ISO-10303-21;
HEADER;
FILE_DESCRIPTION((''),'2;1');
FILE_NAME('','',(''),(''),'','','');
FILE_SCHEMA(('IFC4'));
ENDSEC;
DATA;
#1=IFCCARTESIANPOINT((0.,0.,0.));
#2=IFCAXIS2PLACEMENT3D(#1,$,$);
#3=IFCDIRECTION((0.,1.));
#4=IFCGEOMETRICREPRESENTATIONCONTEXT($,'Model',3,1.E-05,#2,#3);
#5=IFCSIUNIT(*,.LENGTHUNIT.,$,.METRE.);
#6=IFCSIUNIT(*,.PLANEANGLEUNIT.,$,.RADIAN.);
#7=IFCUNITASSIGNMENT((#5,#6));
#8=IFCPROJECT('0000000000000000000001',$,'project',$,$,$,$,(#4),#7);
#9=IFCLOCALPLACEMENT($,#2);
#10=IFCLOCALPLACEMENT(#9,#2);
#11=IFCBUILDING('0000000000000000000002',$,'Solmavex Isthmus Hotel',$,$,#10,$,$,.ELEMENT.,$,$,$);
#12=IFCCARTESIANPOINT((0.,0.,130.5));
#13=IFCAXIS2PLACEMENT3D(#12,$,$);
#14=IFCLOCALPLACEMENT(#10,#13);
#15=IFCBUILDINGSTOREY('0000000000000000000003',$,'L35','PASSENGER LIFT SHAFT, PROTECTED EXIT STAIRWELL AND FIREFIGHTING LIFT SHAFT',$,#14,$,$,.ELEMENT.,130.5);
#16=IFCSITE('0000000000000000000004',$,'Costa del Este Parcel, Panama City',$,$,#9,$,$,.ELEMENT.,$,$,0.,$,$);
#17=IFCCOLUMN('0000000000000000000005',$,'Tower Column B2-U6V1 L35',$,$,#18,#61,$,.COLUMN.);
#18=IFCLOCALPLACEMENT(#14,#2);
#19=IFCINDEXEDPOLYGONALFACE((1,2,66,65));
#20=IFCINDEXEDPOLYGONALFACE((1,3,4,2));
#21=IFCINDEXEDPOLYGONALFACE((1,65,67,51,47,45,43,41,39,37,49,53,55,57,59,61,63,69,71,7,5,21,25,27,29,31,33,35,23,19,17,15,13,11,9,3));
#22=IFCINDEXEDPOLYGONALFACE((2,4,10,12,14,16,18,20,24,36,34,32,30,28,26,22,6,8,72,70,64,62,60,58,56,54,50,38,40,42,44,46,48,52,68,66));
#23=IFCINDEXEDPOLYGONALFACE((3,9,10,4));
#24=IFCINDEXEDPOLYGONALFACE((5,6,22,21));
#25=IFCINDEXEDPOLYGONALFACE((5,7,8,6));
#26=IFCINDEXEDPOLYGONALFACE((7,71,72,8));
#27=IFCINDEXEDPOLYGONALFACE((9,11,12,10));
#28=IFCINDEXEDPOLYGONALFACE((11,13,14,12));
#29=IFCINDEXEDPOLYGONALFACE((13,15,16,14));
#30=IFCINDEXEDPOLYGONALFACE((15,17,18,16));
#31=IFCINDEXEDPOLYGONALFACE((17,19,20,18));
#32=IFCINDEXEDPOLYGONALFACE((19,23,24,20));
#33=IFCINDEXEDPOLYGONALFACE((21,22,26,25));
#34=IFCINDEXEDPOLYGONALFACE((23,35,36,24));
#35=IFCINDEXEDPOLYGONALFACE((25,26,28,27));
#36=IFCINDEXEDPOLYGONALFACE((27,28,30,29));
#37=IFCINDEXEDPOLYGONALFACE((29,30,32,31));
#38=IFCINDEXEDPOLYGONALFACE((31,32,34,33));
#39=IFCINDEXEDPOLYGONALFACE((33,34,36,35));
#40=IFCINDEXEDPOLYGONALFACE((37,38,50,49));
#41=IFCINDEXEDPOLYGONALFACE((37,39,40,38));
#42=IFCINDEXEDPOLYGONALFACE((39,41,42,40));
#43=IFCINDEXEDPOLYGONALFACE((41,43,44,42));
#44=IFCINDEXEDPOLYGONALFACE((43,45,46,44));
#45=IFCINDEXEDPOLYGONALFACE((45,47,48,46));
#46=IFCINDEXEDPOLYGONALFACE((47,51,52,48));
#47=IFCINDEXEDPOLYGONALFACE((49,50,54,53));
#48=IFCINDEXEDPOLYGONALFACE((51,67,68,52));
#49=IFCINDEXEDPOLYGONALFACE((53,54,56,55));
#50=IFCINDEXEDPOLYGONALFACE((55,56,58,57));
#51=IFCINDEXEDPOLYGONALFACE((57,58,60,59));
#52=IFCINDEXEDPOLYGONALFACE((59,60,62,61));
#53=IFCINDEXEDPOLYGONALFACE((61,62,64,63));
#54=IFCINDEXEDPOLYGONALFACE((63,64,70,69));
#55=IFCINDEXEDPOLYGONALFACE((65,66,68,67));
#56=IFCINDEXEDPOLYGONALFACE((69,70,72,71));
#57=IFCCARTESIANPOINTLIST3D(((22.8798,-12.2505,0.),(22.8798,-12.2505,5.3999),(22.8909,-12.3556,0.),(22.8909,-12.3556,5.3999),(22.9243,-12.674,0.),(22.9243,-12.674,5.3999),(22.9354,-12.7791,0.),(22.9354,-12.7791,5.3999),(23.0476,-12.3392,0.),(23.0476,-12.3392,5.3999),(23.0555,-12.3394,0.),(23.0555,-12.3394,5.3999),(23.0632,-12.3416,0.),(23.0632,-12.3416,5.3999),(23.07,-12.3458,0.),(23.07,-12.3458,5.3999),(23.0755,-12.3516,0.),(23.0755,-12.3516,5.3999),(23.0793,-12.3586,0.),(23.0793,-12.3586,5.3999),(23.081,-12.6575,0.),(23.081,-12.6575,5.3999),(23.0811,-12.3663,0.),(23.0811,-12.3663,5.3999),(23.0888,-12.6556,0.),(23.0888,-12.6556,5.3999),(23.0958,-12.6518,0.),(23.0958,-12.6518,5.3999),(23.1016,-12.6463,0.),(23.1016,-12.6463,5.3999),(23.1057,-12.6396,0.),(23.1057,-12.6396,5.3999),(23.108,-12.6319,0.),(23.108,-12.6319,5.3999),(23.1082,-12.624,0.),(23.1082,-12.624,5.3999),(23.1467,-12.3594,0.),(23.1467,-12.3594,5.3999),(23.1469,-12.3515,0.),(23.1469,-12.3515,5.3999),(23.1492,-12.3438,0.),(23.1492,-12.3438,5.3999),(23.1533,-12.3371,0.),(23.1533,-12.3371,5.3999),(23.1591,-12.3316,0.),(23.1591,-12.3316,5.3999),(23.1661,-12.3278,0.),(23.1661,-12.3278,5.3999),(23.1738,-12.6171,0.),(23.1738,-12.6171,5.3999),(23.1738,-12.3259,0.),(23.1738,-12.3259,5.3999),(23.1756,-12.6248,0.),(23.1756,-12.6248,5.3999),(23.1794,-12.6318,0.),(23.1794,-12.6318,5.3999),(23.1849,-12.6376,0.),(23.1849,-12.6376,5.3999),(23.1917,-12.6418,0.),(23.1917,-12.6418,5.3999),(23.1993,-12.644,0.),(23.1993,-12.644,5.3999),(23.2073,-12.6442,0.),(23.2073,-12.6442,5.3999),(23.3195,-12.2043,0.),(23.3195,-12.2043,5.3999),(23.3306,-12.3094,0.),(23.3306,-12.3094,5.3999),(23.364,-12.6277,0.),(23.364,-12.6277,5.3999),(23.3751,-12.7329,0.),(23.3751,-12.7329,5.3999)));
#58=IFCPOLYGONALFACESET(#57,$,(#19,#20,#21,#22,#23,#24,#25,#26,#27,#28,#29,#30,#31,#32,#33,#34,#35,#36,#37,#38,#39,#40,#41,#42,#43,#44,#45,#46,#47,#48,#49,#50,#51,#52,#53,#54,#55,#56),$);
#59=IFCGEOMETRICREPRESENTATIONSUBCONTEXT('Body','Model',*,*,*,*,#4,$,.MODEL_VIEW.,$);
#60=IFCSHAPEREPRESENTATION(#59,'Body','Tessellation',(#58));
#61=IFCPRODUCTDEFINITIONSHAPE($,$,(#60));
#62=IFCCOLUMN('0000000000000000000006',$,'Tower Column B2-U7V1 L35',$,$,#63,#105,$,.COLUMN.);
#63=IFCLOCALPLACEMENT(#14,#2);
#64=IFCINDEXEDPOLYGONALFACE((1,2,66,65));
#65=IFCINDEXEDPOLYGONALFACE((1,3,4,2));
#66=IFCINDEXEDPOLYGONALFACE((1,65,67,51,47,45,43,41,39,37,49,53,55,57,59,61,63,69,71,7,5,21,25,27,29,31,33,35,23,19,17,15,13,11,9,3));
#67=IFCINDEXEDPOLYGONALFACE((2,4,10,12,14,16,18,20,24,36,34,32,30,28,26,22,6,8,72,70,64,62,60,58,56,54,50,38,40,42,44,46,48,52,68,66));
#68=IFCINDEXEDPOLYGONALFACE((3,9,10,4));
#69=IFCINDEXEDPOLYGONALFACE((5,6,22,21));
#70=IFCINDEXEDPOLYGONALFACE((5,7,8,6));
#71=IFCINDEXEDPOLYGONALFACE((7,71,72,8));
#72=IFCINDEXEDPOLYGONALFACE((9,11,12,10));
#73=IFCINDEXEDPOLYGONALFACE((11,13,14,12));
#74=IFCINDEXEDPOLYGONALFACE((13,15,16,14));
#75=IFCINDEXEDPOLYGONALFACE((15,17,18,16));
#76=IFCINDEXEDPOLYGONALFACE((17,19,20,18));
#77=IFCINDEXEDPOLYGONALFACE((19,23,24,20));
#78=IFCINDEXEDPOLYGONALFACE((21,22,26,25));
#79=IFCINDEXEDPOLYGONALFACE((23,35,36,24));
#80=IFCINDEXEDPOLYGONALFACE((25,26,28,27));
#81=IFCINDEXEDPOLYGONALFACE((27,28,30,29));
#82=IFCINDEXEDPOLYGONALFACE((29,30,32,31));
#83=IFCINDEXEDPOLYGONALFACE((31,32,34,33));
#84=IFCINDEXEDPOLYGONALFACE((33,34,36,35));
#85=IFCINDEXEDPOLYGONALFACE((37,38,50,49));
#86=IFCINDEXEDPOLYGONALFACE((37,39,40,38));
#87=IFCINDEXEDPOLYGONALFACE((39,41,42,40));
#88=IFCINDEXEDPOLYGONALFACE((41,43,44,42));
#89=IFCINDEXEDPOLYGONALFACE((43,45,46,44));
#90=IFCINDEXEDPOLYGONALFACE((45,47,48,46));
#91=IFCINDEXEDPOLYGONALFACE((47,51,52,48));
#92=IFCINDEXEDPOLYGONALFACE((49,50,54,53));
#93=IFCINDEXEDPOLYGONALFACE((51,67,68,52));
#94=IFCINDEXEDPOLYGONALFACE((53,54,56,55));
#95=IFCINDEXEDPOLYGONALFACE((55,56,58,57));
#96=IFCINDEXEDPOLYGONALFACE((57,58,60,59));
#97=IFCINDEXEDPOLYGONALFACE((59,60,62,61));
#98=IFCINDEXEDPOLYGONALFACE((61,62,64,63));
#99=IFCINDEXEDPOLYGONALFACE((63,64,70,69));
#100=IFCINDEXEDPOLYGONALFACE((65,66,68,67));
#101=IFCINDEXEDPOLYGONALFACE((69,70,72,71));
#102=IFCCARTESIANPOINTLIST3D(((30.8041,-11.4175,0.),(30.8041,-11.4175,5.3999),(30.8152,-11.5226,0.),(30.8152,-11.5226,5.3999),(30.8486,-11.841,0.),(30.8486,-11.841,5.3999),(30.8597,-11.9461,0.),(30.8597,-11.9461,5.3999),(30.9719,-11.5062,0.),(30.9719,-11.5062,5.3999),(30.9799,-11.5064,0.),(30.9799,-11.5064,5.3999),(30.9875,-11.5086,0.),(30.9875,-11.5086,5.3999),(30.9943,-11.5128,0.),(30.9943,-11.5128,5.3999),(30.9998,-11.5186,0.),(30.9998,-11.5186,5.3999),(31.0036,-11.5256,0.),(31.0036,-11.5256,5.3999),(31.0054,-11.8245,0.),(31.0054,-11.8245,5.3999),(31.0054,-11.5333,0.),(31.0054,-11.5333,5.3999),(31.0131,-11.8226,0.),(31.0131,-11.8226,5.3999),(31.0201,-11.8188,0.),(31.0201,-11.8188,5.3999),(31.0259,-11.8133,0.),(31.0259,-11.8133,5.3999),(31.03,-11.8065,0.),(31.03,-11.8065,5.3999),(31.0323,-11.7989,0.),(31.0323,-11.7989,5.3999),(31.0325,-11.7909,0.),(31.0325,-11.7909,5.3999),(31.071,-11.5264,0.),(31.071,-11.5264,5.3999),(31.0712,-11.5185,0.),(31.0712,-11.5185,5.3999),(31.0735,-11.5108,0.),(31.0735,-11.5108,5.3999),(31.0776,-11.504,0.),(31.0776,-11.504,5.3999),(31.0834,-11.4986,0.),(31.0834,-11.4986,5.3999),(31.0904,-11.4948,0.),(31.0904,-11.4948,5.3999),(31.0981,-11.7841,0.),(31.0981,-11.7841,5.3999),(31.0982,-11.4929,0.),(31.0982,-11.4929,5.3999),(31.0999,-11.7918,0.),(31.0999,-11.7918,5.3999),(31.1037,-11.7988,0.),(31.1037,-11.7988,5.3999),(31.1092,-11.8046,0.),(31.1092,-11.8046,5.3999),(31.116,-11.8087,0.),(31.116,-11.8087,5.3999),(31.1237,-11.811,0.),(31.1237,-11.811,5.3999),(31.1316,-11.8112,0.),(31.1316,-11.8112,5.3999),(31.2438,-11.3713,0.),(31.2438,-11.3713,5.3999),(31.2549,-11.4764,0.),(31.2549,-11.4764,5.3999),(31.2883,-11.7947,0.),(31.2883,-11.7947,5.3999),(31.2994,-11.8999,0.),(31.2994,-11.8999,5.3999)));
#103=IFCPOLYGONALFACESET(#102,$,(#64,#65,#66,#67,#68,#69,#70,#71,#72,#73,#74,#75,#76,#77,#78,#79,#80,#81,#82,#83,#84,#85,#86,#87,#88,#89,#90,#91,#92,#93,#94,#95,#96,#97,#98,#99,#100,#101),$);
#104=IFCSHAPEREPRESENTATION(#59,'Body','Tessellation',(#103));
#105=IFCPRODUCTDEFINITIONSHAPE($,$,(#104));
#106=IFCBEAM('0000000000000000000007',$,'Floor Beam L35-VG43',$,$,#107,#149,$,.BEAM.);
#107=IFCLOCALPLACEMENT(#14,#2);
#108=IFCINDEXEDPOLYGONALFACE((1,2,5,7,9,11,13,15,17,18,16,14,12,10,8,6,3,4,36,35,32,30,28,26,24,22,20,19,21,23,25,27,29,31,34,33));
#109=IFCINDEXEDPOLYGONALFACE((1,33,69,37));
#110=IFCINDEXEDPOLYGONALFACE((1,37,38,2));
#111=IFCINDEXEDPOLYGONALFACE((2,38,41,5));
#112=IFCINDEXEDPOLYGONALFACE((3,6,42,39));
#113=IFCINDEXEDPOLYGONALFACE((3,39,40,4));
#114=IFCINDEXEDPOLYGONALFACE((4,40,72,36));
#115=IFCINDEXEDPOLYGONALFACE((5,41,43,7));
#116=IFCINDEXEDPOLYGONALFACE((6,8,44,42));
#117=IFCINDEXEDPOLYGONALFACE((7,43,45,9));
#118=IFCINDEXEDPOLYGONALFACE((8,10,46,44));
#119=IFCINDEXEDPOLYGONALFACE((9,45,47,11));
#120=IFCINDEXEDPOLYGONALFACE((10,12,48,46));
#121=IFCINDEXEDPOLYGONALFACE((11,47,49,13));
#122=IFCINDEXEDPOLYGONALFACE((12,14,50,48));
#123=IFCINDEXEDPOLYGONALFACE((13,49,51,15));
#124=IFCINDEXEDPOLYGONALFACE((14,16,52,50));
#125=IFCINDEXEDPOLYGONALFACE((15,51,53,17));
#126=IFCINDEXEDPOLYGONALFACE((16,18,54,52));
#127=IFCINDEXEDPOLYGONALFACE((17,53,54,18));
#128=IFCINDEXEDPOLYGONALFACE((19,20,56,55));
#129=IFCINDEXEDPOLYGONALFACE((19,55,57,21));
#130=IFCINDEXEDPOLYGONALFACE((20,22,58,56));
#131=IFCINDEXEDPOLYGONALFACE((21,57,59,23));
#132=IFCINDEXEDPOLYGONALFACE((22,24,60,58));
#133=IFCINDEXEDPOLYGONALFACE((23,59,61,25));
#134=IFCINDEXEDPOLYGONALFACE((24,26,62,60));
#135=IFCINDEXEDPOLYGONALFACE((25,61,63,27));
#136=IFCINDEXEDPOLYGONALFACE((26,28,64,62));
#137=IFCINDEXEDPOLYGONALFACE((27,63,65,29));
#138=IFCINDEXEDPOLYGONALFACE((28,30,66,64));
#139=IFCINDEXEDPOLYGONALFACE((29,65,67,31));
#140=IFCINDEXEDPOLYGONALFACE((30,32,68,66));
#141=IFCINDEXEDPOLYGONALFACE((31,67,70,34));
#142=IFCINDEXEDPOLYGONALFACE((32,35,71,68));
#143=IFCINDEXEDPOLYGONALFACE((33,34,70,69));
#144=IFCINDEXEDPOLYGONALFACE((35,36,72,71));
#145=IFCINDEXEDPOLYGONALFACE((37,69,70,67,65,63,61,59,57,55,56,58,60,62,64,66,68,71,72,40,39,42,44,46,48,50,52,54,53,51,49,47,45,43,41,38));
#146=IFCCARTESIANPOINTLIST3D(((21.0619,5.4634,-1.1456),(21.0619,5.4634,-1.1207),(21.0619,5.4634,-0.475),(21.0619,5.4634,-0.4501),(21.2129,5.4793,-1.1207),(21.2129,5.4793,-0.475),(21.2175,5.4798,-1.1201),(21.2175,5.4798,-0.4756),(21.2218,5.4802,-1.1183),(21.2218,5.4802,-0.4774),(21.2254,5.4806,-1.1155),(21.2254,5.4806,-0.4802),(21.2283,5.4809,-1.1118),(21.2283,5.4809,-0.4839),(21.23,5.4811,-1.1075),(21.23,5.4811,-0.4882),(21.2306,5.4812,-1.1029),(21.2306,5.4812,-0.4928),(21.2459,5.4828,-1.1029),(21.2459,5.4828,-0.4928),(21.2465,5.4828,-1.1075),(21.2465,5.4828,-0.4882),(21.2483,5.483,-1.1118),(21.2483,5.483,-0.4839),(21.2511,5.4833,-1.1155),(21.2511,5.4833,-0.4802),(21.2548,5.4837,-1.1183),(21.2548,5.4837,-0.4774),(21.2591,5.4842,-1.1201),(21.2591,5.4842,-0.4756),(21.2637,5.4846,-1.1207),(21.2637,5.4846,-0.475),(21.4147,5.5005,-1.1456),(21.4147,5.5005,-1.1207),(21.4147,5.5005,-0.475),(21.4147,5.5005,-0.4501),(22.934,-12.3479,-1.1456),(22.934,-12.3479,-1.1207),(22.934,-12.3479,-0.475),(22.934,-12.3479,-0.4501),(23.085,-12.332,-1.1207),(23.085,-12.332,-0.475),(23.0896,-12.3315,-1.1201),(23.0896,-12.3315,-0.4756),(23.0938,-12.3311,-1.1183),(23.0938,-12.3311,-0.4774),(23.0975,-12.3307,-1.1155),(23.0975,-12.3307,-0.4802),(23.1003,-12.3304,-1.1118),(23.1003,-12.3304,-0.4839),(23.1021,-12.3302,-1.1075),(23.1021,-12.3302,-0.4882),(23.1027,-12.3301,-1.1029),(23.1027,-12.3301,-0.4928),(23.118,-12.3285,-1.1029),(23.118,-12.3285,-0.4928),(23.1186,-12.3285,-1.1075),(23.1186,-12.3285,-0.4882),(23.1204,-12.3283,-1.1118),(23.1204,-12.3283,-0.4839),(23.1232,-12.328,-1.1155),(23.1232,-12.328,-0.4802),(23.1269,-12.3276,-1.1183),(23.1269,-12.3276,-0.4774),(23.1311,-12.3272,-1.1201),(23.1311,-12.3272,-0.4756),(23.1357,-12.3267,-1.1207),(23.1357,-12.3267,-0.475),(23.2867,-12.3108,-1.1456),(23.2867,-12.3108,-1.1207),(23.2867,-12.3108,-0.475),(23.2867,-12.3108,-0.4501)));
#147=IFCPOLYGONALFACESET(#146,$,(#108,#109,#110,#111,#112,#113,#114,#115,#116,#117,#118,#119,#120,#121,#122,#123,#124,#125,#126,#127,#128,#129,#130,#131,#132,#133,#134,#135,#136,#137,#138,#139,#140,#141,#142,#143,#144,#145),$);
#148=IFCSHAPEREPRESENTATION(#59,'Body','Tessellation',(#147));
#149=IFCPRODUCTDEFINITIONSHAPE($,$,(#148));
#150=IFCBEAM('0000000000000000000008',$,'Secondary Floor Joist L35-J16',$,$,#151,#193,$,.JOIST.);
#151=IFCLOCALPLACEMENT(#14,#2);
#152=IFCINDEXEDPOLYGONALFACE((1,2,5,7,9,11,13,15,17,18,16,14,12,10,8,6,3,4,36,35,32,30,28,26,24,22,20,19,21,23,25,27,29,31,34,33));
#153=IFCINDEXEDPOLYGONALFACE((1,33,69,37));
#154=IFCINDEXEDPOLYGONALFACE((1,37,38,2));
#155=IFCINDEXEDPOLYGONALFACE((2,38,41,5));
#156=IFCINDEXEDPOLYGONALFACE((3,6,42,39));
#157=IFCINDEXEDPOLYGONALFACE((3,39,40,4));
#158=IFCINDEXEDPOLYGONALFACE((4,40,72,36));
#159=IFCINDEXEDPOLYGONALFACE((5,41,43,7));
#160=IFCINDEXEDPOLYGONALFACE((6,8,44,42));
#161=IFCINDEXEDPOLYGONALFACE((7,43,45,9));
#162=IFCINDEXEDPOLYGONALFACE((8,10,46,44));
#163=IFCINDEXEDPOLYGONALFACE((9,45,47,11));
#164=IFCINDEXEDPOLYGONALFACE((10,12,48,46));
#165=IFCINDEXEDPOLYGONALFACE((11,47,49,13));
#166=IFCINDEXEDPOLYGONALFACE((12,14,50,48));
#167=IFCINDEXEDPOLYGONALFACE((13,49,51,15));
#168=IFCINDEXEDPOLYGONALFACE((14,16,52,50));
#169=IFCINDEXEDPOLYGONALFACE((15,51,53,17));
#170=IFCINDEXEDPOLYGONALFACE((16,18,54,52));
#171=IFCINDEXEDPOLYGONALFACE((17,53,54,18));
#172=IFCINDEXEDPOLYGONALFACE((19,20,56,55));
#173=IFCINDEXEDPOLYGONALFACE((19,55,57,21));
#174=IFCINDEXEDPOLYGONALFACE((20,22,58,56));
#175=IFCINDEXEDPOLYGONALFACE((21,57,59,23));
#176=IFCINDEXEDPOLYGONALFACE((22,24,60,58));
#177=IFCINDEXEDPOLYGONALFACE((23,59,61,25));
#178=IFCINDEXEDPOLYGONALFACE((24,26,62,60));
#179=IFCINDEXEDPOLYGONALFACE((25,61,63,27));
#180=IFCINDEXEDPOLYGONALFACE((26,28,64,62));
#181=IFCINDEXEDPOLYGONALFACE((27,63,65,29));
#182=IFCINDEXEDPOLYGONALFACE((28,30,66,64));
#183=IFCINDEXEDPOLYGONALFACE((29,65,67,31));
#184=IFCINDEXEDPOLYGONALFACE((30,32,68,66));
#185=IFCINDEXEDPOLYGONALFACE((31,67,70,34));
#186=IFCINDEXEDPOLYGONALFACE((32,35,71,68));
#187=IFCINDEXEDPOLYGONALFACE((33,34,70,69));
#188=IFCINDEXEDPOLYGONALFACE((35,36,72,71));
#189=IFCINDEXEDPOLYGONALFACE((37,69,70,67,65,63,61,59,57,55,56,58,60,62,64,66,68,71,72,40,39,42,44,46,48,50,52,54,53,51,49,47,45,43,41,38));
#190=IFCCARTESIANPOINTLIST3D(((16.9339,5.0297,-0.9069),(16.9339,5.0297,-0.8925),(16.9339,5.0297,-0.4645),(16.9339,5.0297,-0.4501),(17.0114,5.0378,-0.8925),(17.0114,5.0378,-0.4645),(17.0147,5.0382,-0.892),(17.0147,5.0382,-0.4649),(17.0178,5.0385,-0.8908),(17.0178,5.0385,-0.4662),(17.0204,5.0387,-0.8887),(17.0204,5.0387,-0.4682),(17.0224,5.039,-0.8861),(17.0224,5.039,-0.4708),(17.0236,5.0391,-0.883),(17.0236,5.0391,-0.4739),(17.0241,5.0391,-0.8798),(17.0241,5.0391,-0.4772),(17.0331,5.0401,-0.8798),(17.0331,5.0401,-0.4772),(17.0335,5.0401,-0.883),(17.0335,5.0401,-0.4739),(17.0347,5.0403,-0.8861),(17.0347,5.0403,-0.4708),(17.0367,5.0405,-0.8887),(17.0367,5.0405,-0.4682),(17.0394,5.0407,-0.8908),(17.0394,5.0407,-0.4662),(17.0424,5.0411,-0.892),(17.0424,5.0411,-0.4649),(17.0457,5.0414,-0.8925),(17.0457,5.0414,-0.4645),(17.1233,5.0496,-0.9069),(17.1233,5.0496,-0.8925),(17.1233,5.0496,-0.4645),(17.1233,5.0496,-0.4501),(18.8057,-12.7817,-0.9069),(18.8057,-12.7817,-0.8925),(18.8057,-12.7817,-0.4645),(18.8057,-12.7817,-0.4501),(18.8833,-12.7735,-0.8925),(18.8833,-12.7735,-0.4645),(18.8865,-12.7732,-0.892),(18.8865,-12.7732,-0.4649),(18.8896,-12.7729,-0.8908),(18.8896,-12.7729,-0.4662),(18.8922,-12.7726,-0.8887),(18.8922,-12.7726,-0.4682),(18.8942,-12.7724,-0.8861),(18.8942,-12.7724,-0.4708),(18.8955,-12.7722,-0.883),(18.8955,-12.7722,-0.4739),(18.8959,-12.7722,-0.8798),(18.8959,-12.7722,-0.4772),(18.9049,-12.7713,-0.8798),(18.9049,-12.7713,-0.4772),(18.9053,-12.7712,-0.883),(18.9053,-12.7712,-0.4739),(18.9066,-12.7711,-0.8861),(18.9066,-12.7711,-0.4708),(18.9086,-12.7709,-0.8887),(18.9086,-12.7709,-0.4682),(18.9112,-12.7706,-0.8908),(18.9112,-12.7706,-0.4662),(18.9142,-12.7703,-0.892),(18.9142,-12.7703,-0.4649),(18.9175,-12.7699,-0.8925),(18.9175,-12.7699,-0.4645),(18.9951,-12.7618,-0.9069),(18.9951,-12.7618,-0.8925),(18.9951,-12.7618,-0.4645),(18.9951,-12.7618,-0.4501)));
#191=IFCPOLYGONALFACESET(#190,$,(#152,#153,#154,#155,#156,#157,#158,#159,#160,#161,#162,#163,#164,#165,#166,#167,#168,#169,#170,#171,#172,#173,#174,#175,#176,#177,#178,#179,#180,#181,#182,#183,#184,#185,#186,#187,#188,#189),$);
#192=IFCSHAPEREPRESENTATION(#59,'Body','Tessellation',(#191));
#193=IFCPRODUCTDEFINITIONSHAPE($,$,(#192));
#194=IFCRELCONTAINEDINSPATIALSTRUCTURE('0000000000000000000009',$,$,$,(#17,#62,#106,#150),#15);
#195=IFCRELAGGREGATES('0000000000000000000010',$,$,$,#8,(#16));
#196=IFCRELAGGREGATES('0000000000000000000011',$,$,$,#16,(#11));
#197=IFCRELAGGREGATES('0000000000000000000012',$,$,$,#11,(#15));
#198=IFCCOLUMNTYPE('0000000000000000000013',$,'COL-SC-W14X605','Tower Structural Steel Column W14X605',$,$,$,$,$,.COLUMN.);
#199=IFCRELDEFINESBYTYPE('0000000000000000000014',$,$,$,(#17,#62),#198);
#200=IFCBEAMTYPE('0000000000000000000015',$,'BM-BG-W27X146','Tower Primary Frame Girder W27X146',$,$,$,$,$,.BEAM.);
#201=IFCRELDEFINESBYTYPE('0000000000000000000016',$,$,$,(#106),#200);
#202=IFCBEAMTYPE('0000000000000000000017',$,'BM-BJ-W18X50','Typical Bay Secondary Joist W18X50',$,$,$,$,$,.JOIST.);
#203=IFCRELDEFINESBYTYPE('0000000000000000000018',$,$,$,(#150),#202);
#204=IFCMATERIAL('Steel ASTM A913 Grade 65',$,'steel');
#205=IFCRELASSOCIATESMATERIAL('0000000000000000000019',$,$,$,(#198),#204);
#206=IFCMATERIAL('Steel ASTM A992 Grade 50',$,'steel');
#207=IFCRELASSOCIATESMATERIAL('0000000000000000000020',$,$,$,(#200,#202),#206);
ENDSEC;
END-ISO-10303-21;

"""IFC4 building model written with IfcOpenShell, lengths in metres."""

from ifc_helpers import new_model, si_unit, direction, frame, origin, origin_2d, place, context, subcontext, project, spatial, i_section, extrude, material, material_profile, profile_set, type_object, element, save


model = new_model("IFC4")

# Units and contexts
model_context = context("Model", 3, precision=1e-05, world=origin(), true_north=direction((0.0, 1.0)))
body_context = subcontext(model_context, "Body", "Model", "MODEL_VIEW")
ifc_project = project(units=[si_unit("LENGTHUNIT", "METRE"), si_unit("PLANEANGLEUNIT", "RADIAN")], contexts=[model_context])

# Site, building, storey
site_placement = place(None, origin())
site = spatial("IfcSite", under=ifc_project, at=site_placement, Name="Costa del Este Parcel, Panama City", CompositionType="ELEMENT", RefElevation=0.0)
building_placement = place(site_placement, origin())
building = spatial("IfcBuilding", under=site, at=building_placement, Name="Solmavex Isthmus Hotel", CompositionType="ELEMENT")
storey_placement = place(building_placement, frame((0.0, 0.0, 130.5)))
storey = spatial("IfcBuildingStorey", under=building, at=storey_placement, Name="L35", Description="PASSENGER LIFT SHAFT, PROTECTED EXIT STAIRWELL AND FIREFIGHTING LIFT SHAFT", CompositionType="ELEMENT", Elevation=130.5)

# Columns
ifc_material_1 = material(Name="Steel ASTM A913 Grade 65", Category="steel")
ifc_material_profile_1 = material_profile(ifc_material_1, i_section(OverallWidth=0.4421, OverallDepth=0.5315, WebThickness=0.0659, FlangeThickness=0.1057, FilletRadius=0.0305, at=origin_2d()), Name="W14X605")
ifc_profile_set_1 = profile_set([ifc_material_profile_1], Name="Steel ASTM A913 Grade 65")
column_type = type_object("IfcColumnType", Name="COL-SC-W14X605", Description="Tower Structural Steel Column W14X605", PredefinedType="COLUMN", material=ifc_profile_set_1)
for number, where, z_axis, x_axis, name in (
    (1, (23.1274, -12.4917, 0.0), (0.0, 0.0, 1.0), (0.994522, 0.104528, 0.0), "Tower Column B2-U6V1 L35"),
    (2, (31.0518, -11.6587, 0.0), (0.0, 0.0, 1.0), (0.994522, 0.104528, 0.0), "Tower Column B2-U7V1 L35"),
):
    element("IfcColumn", number, at=place(storey_placement, frame(where, z_axis=z_axis, x_axis=x_axis)), inside=storey, type_object=column_type, Name=name, PredefinedType="COLUMN", context=body_context, shape_type="SweptSolid", body=[
        extrude(i_section(OverallWidth=0.4421, OverallDepth=0.5315, WebThickness=0.0659, FlangeThickness=0.1057, FilletRadius=0.0305, at=origin_2d()), origin(), (0.0, 0.0, 1.0), 5.3999),
    ])

# Beams
ifc_material_2 = material(Name="Steel ASTM A992 Grade 50", Category="steel")
ifc_material_profile_2 = material_profile(ifc_material_2, i_section(OverallWidth=0.3547, OverallDepth=0.6956, WebThickness=0.0154, FlangeThickness=0.0249, FilletRadius=0.0178, at=origin_2d()), Name="W27X146")
ifc_profile_set_2 = profile_set([ifc_material_profile_2], Name="Steel ASTM A992 Grade 50")
beam_type_1 = type_object("IfcBeamType", Name="BM-BG-W27X146", Description="Tower Primary Frame Girder W27X146", PredefinedType="BEAM", material=ifc_profile_set_2)
beam_1_placement = place(storey_placement, frame((23.1104, -12.3293, -0.7979), z_axis=(-0.10453, 0.994522, 0.0), x_axis=(-0.994522, -0.10453, 0.0)))
element("IfcBeam", 3, at=beam_1_placement, inside=storey, type_object=beam_type_1, Name="Floor Beam L35-VG43", PredefinedType="BEAM", context=body_context, shape_type="SweptSolid", body=[
    extrude(i_section(OverallWidth=0.3547, OverallDepth=0.6956, WebThickness=0.0154, FlangeThickness=0.0249, FilletRadius=0.0178, at=origin_2d()), origin(), (0.0, 0.0, 1.0), 17.9094),
])
ifc_material_profile_3 = material_profile(ifc_material_2, i_section(OverallWidth=0.1904, OverallDepth=0.4568, WebThickness=0.009, FlangeThickness=0.0144, FilletRadius=0.0127, at=origin_2d()), Name="W18X50")
ifc_profile_set_3 = profile_set([ifc_material_profile_3], Name="Steel ASTM A992 Grade 50")
beam_type_2 = type_object("IfcBeamType", Name="BM-BJ-W18X50", Description="Typical Bay Secondary Joist W18X50", PredefinedType="JOIST", material=ifc_profile_set_3)
for number, where, z_axis, x_axis, name in (
    (4, (18.9004, -12.7717, -0.6785), (-0.104517, 0.994523, 0.0), (-0.994523, -0.104517, 0.0), "Secondary Floor Joist L35-J16"),
):
    element("IfcBeam", number, at=place(storey_placement, frame(where, z_axis=z_axis, x_axis=x_axis)), inside=storey, type_object=beam_type_2, Name=name, PredefinedType="JOIST", context=body_context, shape_type="SweptSolid", body=[
        extrude(i_section(OverallWidth=0.1904, OverallDepth=0.4568, WebThickness=0.009, FlangeThickness=0.0144, FilletRadius=0.0127, at=origin_2d()), origin(), (0.0, 0.0, 1.0), 17.9094),
    ])

save(model, "model.ifc")
